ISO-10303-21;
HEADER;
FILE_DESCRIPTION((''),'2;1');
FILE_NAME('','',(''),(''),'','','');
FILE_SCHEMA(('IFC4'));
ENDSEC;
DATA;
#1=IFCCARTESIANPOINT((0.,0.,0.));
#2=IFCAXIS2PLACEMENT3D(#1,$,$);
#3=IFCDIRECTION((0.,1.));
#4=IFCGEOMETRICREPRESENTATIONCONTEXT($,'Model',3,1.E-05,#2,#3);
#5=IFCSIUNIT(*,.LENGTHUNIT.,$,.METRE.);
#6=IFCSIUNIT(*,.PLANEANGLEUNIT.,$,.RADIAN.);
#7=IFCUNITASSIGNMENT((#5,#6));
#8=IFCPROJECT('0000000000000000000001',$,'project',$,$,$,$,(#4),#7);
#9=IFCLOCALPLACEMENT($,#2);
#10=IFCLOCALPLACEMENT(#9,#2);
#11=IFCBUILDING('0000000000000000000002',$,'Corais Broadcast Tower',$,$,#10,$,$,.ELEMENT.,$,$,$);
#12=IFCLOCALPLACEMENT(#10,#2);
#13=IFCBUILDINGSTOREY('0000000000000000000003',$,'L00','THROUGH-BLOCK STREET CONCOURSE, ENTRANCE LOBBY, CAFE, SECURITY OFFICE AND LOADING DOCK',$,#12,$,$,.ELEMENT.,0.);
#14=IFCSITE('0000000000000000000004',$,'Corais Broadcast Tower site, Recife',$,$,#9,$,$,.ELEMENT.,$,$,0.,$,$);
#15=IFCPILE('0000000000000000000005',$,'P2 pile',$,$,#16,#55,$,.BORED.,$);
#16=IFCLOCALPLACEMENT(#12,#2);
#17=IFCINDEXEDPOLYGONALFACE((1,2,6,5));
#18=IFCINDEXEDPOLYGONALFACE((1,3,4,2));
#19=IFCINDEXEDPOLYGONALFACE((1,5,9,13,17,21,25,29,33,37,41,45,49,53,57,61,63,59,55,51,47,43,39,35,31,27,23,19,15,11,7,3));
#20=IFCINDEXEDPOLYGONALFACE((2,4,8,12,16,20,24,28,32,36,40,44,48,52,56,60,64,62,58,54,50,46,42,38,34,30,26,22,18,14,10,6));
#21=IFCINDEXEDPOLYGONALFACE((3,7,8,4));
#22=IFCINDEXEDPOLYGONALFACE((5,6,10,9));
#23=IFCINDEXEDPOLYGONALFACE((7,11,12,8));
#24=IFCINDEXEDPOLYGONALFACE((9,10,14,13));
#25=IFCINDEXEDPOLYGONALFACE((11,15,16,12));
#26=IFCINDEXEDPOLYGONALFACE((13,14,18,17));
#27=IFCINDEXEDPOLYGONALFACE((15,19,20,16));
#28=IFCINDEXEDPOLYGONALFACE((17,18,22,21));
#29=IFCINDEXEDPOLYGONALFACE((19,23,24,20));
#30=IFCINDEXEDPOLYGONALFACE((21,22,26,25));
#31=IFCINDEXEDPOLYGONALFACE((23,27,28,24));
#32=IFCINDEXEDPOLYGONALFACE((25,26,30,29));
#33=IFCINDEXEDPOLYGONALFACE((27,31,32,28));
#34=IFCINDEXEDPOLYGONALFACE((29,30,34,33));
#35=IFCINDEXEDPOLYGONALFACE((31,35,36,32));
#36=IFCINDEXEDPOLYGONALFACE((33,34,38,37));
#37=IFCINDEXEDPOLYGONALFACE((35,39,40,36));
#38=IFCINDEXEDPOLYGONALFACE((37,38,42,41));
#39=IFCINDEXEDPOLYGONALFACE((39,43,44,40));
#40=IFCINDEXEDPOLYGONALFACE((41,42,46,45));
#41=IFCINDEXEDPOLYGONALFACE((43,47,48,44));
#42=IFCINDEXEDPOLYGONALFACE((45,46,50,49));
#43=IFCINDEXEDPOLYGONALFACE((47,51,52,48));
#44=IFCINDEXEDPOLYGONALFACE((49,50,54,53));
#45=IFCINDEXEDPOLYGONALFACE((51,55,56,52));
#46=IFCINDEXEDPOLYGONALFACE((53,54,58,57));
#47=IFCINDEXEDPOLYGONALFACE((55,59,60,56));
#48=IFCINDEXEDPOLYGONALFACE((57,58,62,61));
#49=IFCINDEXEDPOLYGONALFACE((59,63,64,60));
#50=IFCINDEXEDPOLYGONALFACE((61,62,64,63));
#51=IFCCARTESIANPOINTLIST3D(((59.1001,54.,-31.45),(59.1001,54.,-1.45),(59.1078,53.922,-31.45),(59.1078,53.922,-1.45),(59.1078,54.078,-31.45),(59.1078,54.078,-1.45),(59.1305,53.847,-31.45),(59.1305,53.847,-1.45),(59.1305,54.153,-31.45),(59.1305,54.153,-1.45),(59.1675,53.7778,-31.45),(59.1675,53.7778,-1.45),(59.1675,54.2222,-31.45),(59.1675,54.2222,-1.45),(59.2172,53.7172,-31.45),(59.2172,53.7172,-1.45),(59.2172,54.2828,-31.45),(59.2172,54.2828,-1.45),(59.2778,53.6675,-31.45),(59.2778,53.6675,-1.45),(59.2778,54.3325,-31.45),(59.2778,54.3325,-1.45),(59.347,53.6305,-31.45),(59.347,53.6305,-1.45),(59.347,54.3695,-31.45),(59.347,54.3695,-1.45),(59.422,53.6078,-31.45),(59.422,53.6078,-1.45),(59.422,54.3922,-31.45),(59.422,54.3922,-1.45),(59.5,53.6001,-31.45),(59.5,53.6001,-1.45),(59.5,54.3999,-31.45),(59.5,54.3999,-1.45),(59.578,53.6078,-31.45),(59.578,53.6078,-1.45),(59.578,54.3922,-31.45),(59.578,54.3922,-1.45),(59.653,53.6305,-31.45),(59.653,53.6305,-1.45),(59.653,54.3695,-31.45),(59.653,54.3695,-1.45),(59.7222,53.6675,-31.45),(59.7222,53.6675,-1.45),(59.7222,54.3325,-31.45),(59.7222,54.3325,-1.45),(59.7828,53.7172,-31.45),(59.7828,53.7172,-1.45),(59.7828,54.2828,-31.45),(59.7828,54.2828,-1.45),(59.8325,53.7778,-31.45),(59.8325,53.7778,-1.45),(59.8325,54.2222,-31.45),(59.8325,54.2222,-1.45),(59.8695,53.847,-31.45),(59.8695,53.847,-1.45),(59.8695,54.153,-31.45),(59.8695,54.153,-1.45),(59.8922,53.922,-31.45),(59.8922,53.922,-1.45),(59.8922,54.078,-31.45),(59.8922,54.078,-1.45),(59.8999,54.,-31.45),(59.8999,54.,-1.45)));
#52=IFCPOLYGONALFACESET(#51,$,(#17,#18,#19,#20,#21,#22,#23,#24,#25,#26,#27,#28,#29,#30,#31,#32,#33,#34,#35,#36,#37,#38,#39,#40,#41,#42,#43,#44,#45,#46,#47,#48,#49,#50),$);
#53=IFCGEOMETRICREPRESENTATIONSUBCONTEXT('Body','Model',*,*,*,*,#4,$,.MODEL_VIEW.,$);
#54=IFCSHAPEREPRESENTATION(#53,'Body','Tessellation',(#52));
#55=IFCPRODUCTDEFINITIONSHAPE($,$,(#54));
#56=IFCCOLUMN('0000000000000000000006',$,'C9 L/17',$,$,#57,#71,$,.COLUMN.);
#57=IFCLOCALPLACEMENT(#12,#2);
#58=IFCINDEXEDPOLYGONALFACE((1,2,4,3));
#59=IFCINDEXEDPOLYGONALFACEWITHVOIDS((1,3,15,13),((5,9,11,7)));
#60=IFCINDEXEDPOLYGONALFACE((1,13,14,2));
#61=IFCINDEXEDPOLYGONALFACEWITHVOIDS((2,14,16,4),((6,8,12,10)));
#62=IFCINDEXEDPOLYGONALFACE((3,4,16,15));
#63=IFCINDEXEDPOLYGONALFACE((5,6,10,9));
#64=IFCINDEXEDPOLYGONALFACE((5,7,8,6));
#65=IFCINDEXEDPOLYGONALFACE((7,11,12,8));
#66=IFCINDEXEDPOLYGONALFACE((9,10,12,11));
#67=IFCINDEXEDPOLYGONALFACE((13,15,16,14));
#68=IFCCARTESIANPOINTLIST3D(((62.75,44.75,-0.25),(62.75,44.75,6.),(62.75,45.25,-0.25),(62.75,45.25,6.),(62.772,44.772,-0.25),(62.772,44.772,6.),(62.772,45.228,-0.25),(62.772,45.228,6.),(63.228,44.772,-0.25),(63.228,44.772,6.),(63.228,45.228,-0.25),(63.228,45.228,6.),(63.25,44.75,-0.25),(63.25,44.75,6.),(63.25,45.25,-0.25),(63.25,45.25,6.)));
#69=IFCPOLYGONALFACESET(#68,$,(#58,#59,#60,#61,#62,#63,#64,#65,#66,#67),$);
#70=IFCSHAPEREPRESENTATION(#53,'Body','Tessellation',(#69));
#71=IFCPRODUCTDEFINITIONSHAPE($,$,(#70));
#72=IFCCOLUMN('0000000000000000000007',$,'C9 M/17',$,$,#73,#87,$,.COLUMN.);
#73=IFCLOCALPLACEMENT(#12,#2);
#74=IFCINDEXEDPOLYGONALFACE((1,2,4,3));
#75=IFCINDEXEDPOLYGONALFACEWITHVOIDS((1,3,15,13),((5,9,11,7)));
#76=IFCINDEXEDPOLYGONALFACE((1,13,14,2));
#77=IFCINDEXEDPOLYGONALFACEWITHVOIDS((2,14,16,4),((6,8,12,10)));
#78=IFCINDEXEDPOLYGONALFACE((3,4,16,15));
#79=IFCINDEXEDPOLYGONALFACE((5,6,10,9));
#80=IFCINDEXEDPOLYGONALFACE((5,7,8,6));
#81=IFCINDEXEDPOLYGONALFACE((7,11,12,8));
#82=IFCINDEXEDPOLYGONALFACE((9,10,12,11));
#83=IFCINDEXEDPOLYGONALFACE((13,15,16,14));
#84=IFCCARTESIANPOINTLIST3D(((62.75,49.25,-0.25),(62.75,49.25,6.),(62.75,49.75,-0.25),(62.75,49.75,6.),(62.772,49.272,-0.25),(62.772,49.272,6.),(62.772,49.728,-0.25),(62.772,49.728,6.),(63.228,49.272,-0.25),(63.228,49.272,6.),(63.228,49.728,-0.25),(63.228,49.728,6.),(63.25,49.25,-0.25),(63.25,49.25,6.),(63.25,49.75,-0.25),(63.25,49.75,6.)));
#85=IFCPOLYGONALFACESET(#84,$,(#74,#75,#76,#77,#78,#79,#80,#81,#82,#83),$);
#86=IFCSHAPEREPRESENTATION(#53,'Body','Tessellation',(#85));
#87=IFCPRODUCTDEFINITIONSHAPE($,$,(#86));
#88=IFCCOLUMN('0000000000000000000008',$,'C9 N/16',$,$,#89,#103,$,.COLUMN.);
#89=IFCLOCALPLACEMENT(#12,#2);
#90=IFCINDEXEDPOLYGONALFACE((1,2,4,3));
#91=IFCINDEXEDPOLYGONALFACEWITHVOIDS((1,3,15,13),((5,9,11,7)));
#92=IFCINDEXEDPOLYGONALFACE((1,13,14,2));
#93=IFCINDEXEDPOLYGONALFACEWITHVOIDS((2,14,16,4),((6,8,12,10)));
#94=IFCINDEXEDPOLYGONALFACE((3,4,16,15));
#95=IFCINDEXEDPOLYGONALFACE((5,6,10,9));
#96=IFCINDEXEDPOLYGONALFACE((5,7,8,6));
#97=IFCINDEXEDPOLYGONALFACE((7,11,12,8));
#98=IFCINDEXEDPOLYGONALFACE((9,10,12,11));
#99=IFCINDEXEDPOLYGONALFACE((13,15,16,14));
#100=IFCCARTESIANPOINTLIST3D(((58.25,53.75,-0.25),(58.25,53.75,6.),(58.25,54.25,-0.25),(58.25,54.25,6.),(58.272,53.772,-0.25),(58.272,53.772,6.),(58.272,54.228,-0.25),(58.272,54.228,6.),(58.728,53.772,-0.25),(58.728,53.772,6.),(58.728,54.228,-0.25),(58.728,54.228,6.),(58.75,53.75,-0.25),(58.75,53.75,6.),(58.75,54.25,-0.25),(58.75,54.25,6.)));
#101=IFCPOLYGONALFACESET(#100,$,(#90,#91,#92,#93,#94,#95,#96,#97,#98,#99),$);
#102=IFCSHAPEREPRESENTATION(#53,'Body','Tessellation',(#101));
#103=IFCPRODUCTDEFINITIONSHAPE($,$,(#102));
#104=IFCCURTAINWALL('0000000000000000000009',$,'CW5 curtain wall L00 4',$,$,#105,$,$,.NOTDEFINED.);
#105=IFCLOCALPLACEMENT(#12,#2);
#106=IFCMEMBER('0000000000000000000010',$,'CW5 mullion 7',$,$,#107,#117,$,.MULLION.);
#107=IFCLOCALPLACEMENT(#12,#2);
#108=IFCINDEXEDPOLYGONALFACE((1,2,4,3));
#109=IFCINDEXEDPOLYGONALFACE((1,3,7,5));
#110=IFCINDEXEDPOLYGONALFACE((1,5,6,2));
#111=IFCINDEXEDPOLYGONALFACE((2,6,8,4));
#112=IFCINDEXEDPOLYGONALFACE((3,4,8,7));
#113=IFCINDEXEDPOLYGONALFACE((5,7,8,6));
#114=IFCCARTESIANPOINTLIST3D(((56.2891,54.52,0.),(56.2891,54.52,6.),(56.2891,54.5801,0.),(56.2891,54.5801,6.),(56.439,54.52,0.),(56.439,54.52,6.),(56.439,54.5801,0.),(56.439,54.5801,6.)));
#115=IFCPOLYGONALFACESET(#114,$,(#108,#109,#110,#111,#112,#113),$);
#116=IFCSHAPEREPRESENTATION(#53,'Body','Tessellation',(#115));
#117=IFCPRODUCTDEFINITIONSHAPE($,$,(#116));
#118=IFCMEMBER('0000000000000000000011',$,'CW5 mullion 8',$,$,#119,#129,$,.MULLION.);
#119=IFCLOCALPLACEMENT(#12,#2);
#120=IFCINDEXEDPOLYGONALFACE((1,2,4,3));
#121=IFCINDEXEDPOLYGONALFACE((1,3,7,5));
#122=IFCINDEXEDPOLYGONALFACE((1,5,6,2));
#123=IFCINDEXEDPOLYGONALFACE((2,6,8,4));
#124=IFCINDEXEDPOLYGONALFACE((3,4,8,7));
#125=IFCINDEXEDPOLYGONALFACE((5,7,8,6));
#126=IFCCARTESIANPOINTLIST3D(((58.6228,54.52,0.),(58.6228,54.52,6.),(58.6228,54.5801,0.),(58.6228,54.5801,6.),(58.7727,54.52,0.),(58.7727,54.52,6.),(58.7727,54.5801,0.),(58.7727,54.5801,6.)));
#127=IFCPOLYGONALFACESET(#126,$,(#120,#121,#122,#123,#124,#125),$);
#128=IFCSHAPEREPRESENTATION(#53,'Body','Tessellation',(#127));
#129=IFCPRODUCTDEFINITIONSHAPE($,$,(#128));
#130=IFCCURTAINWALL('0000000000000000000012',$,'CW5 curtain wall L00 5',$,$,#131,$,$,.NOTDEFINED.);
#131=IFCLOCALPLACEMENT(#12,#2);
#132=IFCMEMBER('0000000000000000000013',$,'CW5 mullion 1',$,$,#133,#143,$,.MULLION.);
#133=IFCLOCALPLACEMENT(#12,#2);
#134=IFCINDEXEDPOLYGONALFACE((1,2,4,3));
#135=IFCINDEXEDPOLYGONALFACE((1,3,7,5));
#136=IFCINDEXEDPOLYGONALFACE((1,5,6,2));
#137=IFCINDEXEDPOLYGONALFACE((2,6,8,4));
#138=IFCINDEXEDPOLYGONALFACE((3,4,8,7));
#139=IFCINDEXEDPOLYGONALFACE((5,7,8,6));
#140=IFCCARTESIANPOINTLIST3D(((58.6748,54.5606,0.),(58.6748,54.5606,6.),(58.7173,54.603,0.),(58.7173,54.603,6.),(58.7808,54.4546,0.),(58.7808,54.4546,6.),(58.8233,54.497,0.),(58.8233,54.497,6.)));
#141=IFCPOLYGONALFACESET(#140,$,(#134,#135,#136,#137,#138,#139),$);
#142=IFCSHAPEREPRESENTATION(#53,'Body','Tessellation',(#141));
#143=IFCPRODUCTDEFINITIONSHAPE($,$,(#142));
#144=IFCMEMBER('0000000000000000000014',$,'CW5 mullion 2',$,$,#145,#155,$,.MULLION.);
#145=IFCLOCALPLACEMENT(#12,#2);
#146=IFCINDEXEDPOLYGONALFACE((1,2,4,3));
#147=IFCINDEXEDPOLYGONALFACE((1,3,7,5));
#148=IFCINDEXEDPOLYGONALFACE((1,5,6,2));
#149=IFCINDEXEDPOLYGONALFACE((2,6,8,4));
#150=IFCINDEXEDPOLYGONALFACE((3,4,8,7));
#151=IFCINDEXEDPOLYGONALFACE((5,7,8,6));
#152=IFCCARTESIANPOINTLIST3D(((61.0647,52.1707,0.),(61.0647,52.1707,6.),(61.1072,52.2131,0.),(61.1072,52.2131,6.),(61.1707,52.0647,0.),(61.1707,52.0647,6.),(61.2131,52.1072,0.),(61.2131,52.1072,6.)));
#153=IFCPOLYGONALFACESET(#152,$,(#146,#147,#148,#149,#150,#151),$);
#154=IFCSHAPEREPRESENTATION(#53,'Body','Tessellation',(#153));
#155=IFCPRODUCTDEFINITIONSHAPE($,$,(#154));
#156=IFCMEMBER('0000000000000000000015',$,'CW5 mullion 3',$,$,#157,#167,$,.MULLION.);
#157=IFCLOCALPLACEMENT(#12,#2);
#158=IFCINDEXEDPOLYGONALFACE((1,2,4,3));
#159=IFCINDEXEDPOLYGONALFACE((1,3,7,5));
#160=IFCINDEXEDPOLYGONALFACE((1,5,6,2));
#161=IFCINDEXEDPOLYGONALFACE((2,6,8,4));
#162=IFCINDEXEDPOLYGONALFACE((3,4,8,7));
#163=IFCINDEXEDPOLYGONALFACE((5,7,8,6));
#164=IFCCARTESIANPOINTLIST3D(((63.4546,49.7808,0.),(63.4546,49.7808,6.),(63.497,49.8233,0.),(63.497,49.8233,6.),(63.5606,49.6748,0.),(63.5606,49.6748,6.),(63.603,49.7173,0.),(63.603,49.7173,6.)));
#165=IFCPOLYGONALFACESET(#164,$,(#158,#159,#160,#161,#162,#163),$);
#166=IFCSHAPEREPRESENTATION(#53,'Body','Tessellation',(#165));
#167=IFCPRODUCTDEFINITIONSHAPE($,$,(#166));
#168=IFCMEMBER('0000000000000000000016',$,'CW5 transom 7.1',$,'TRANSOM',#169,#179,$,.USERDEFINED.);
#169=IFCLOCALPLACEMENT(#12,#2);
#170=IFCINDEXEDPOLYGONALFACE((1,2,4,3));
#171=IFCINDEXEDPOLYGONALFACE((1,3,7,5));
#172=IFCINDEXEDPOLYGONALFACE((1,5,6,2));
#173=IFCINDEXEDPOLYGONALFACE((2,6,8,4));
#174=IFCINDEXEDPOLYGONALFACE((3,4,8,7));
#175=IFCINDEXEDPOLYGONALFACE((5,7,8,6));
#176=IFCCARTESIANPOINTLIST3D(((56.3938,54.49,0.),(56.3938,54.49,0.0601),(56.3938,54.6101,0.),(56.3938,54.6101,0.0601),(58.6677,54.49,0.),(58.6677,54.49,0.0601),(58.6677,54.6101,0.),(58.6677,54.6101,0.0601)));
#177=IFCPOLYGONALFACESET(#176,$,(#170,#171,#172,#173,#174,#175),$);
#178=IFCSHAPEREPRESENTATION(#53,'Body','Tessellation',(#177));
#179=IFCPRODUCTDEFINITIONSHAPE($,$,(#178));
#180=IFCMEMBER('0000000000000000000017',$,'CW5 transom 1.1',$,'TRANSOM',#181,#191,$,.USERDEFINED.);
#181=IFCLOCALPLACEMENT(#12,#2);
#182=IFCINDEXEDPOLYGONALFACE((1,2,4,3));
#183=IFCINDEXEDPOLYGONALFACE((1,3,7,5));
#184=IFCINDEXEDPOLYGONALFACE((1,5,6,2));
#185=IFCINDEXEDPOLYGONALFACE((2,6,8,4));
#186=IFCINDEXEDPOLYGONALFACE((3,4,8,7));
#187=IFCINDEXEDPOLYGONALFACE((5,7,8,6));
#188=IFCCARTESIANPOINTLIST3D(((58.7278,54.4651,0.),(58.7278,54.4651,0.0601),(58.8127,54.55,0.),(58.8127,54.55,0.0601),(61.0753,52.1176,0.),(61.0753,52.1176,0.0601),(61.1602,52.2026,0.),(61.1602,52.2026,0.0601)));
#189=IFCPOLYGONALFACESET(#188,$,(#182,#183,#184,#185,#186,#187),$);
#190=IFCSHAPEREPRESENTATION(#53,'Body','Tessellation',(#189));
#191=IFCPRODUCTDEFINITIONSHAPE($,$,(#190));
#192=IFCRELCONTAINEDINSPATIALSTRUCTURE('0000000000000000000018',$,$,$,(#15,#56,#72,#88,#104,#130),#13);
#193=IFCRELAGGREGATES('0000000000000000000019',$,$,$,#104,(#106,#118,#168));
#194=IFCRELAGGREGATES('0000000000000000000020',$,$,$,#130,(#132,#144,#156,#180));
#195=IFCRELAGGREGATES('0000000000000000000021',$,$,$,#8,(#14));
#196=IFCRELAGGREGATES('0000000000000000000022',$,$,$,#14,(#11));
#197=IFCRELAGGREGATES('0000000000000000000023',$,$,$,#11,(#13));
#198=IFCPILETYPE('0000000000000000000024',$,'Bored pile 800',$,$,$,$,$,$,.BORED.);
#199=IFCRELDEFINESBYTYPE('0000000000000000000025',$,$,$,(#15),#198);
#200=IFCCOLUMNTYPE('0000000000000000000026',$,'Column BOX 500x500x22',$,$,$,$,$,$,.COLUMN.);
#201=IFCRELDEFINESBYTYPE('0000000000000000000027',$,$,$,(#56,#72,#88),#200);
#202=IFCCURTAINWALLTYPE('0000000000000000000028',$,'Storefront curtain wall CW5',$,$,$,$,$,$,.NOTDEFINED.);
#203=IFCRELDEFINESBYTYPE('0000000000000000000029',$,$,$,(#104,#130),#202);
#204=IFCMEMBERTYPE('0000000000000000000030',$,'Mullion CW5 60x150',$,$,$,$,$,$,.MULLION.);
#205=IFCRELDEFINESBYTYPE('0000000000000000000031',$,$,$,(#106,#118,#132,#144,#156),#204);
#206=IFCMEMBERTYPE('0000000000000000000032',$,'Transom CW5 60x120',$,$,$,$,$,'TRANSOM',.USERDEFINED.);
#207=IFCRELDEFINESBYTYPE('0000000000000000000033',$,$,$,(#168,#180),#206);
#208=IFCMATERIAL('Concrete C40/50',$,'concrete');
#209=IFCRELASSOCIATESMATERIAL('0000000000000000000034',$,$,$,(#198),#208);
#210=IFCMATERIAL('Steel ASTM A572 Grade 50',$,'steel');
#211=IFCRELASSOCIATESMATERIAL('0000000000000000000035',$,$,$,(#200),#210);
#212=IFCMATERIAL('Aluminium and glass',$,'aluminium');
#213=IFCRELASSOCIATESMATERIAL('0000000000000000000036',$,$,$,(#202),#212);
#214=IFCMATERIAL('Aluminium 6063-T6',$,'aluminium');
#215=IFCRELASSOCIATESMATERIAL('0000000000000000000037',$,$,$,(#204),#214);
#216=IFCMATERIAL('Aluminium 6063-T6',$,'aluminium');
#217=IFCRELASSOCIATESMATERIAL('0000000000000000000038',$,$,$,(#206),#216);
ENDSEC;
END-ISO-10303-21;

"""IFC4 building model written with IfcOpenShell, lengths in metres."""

from ifc_helpers import new_model, si_unit, direction, frame, origin, origin_2d, place, context, subcontext, project, spatial, rectangle, hollow_rectangle, circle, extrude, material, material_profile, profile_set, type_object, element, aggregate, save


model = new_model("IFC4")

# Units and contexts
model_context = context("Model", 3, precision=1e-05, world=origin(), true_north=direction((0.0, 1.0)))
body_context = subcontext(model_context, "Body", "Model", "MODEL_VIEW")
ifc_project = project(units=[si_unit("LENGTHUNIT", "METRE"), si_unit("PLANEANGLEUNIT", "RADIAN")], contexts=[model_context])

# Site, building, storey
site_placement = place(None, origin())
site = spatial("IfcSite", under=ifc_project, at=site_placement, Name="Corais Broadcast Tower site, Recife", CompositionType="ELEMENT", RefElevation=0.0)
building_placement = place(site_placement, origin())
building = spatial("IfcBuilding", under=site, at=building_placement, Name="Corais Broadcast Tower", CompositionType="ELEMENT")
storey_placement = place(building_placement, origin())
storey = spatial("IfcBuildingStorey", under=building, at=storey_placement, Name="L00", Description="THROUGH-BLOCK STREET CONCOURSE, ENTRANCE LOBBY, CAFE, SECURITY OFFICE AND LOADING DOCK", CompositionType="ELEMENT", Elevation=0.0)

# Pile
ifc_material_1 = material(Name="Concrete C40/50", Category="concrete")
pile_type = type_object("IfcPileType", Name="Bored pile 800", PredefinedType="BORED", material=ifc_material_1)
for number, where, z_axis, x_axis, name in (
    (1, (59.5, 54.0, -1.45), (0.0, 0.0, -1.0), (1.0, 0.0, 0.0), "P2 pile"),
):
    element("IfcPile", number, at=place(storey_placement, frame(where, z_axis=z_axis, x_axis=x_axis)), inside=storey, type_object=pile_type, Name=name, PredefinedType="BORED", context=body_context, shape_type="SweptSolid", body=[
        extrude(circle(Radius=0.3999, at=origin_2d()), origin(), (0.0, 0.0, 1.0), 30.0),
    ])

# Columns
ifc_material_2 = material(Name="Steel ASTM A572 Grade 50", Category="steel")
ifc_material_profile_1 = material_profile(ifc_material_2, hollow_rectangle(XDim=0.5, YDim=0.5, WallThickness=0.022, at=origin_2d()), Name="BOX 500x500x22")
ifc_profile_set_1 = profile_set([ifc_material_profile_1], Name="Steel ASTM A572 Grade 50")
column_type = type_object("IfcColumnType", Name="Column BOX 500x500x22", PredefinedType="COLUMN", material=ifc_profile_set_1)
for number, where, z_axis, x_axis, name in (
    (2, (63.0, 45.0, -0.25), (0.0, 0.0, 1.0), (1.0, 0.0, 0.0), "C9 L/17"),
    (3, (63.0, 49.5, -0.25), (0.0, 0.0, 1.0), (1.0, 0.0, 0.0), "C9 M/17"),
    (4, (58.5, 54.0, -0.25), (0.0, 0.0, 1.0), (1.0, 0.0, 0.0), "C9 N/16"),
):
    element("IfcColumn", number, at=place(storey_placement, frame(where, z_axis=z_axis, x_axis=x_axis)), inside=storey, type_object=column_type, Name=name, PredefinedType="COLUMN", context=body_context, shape_type="SweptSolid", body=[
        extrude(hollow_rectangle(XDim=0.5, YDim=0.5, WallThickness=0.022, at=origin_2d()), origin(), (0.0, 0.0, 1.0), 6.25),
    ])

# Curtain walls, members
ifc_material_3 = material(Name="Aluminium and glass", Category="aluminium")
curtain_wall_type = type_object("IfcCurtainWallType", Name="Storefront curtain wall CW5", PredefinedType="NOTDEFINED", material=ifc_material_3)
curtain_wall_1_placement = place(storey_placement, origin())
curtain_wall_1 = element("IfcCurtainWall", 5, at=curtain_wall_1_placement, inside=storey, type_object=curtain_wall_type, Name="CW5 curtain wall L00 4", PredefinedType="NOTDEFINED")
ifc_material_4 = material(Name="Aluminium 6063-T6", Category="aluminium")
ifc_material_profile_2 = material_profile(ifc_material_4, rectangle(XDim=0.0601, YDim=0.1499, at=origin_2d()), Name="Mullion CW5 60x150")
ifc_profile_set_2 = profile_set([ifc_material_profile_2], Name="Aluminium 6063-T6")
member_type_1 = type_object("IfcMemberType", Name="Mullion CW5 60x150", PredefinedType="MULLION", material=ifc_profile_set_2)
member_1_placement = place(storey_placement, frame((56.364, 54.55, 0.0), z_axis=(0.0, 0.0, 1.0), x_axis=(0.0, 1.0, 0.0)))
member_1 = element("IfcMember", 6, at=member_1_placement, type_object=member_type_1, Name="CW5 mullion 7", PredefinedType="MULLION", context=body_context, shape_type="SweptSolid", body=[
    extrude(rectangle(XDim=0.0601, YDim=0.1499, at=origin_2d()), origin(), (0.0, 0.0, 1.0), 6.0),
])
member_2_placement = place(storey_placement, frame((58.6978, 54.55, 0.0), z_axis=(0.0, 0.0, 1.0), x_axis=(0.0, 1.0, 0.0)))
member_2 = element("IfcMember", 7, at=member_2_placement, type_object=member_type_1, Name="CW5 mullion 8", PredefinedType="MULLION", context=body_context, shape_type="SweptSolid", body=[
    extrude(rectangle(XDim=0.0601, YDim=0.1499, at=origin_2d()), origin(), (0.0, 0.0, 1.0), 6.0),
])
curtain_wall_2_placement = place(storey_placement, origin())
curtain_wall_2 = element("IfcCurtainWall", 8, at=curtain_wall_2_placement, inside=storey, type_object=curtain_wall_type, Name="CW5 curtain wall L00 5", PredefinedType="NOTDEFINED")
member_3_placement = place(storey_placement, frame((58.749, 54.5288, 0.0), z_axis=(0.0, 0.0, 1.0), x_axis=(0.707107, 0.707107, 0.0)))
member_3 = element("IfcMember", 9, at=member_3_placement, type_object=member_type_1, Name="CW5 mullion 1", PredefinedType="MULLION", context=body_context, shape_type="SweptSolid", body=[
    extrude(rectangle(XDim=0.0601, YDim=0.1499, at=origin_2d()), origin(), (0.0, 0.0, 1.0), 6.0),
])
member_4_placement = place(storey_placement, frame((61.1389, 52.1389, 0.0), z_axis=(0.0, 0.0, 1.0), x_axis=(0.707107, 0.707107, 0.0)))
member_4 = element("IfcMember", 10, at=member_4_placement, type_object=member_type_1, Name="CW5 mullion 2", PredefinedType="MULLION", context=body_context, shape_type="SweptSolid", body=[
    extrude(rectangle(XDim=0.0601, YDim=0.1499, at=origin_2d()), origin(), (0.0, 0.0, 1.0), 6.0),
])
member_5_placement = place(storey_placement, frame((63.5288, 49.749, 0.0), z_axis=(0.0, 0.0, 1.0), x_axis=(0.707107, 0.707107, 0.0)))
member_5 = element("IfcMember", 11, at=member_5_placement, type_object=member_type_1, Name="CW5 mullion 3", PredefinedType="MULLION", context=body_context, shape_type="SweptSolid", body=[
    extrude(rectangle(XDim=0.0601, YDim=0.1499, at=origin_2d()), origin(), (0.0, 0.0, 1.0), 6.0),
])

# Members
ifc_material_5 = material(Name="Aluminium 6063-T6", Category="aluminium")
ifc_material_profile_3 = material_profile(ifc_material_5, rectangle(XDim=0.1201, YDim=0.0601, at=origin_2d()), Name="Transom CW5 60x120")
ifc_profile_set_3 = profile_set([ifc_material_profile_3], Name="Aluminium 6063-T6")
member_type_2 = type_object("IfcMemberType", Name="Transom CW5 60x120", ElementType="TRANSOM", PredefinedType="USERDEFINED", material=ifc_profile_set_3)
member_6_placement = place(storey_placement, frame((56.3938, 54.55, 0.03), z_axis=(1.0, 0.0, 0.0), x_axis=(0.0, 1.0, 0.0)))
member_6 = element("IfcMember", 12, at=member_6_placement, type_object=member_type_2, Name="CW5 transom 7.1", ObjectType="TRANSOM", PredefinedType="USERDEFINED", context=body_context, shape_type="SweptSolid", body=[
    extrude(rectangle(XDim=0.1201, YDim=0.0601, at=origin_2d()), origin(), (0.0, 0.0, 1.0), 2.2739),
])
member_7_placement = place(storey_placement, frame((58.7703, 54.5076, 0.03), z_axis=(0.707107, -0.707107, 0.0), x_axis=(0.707107, 0.707107, 0.0)))
member_7 = element("IfcMember", 13, at=member_7_placement, type_object=member_type_2, Name="CW5 transom 1.1", ObjectType="TRANSOM", PredefinedType="USERDEFINED", context=body_context, shape_type="SweptSolid", body=[
    extrude(rectangle(XDim=0.1201, YDim=0.0601, at=origin_2d()), origin(), (0.0, 0.0, 1.0), 3.3198),
])

aggregate(curtain_wall_1, [member_1, member_2, member_6])
aggregate(curtain_wall_2, [member_3, member_4, member_5, member_7])

save(model, "model.ifc")
